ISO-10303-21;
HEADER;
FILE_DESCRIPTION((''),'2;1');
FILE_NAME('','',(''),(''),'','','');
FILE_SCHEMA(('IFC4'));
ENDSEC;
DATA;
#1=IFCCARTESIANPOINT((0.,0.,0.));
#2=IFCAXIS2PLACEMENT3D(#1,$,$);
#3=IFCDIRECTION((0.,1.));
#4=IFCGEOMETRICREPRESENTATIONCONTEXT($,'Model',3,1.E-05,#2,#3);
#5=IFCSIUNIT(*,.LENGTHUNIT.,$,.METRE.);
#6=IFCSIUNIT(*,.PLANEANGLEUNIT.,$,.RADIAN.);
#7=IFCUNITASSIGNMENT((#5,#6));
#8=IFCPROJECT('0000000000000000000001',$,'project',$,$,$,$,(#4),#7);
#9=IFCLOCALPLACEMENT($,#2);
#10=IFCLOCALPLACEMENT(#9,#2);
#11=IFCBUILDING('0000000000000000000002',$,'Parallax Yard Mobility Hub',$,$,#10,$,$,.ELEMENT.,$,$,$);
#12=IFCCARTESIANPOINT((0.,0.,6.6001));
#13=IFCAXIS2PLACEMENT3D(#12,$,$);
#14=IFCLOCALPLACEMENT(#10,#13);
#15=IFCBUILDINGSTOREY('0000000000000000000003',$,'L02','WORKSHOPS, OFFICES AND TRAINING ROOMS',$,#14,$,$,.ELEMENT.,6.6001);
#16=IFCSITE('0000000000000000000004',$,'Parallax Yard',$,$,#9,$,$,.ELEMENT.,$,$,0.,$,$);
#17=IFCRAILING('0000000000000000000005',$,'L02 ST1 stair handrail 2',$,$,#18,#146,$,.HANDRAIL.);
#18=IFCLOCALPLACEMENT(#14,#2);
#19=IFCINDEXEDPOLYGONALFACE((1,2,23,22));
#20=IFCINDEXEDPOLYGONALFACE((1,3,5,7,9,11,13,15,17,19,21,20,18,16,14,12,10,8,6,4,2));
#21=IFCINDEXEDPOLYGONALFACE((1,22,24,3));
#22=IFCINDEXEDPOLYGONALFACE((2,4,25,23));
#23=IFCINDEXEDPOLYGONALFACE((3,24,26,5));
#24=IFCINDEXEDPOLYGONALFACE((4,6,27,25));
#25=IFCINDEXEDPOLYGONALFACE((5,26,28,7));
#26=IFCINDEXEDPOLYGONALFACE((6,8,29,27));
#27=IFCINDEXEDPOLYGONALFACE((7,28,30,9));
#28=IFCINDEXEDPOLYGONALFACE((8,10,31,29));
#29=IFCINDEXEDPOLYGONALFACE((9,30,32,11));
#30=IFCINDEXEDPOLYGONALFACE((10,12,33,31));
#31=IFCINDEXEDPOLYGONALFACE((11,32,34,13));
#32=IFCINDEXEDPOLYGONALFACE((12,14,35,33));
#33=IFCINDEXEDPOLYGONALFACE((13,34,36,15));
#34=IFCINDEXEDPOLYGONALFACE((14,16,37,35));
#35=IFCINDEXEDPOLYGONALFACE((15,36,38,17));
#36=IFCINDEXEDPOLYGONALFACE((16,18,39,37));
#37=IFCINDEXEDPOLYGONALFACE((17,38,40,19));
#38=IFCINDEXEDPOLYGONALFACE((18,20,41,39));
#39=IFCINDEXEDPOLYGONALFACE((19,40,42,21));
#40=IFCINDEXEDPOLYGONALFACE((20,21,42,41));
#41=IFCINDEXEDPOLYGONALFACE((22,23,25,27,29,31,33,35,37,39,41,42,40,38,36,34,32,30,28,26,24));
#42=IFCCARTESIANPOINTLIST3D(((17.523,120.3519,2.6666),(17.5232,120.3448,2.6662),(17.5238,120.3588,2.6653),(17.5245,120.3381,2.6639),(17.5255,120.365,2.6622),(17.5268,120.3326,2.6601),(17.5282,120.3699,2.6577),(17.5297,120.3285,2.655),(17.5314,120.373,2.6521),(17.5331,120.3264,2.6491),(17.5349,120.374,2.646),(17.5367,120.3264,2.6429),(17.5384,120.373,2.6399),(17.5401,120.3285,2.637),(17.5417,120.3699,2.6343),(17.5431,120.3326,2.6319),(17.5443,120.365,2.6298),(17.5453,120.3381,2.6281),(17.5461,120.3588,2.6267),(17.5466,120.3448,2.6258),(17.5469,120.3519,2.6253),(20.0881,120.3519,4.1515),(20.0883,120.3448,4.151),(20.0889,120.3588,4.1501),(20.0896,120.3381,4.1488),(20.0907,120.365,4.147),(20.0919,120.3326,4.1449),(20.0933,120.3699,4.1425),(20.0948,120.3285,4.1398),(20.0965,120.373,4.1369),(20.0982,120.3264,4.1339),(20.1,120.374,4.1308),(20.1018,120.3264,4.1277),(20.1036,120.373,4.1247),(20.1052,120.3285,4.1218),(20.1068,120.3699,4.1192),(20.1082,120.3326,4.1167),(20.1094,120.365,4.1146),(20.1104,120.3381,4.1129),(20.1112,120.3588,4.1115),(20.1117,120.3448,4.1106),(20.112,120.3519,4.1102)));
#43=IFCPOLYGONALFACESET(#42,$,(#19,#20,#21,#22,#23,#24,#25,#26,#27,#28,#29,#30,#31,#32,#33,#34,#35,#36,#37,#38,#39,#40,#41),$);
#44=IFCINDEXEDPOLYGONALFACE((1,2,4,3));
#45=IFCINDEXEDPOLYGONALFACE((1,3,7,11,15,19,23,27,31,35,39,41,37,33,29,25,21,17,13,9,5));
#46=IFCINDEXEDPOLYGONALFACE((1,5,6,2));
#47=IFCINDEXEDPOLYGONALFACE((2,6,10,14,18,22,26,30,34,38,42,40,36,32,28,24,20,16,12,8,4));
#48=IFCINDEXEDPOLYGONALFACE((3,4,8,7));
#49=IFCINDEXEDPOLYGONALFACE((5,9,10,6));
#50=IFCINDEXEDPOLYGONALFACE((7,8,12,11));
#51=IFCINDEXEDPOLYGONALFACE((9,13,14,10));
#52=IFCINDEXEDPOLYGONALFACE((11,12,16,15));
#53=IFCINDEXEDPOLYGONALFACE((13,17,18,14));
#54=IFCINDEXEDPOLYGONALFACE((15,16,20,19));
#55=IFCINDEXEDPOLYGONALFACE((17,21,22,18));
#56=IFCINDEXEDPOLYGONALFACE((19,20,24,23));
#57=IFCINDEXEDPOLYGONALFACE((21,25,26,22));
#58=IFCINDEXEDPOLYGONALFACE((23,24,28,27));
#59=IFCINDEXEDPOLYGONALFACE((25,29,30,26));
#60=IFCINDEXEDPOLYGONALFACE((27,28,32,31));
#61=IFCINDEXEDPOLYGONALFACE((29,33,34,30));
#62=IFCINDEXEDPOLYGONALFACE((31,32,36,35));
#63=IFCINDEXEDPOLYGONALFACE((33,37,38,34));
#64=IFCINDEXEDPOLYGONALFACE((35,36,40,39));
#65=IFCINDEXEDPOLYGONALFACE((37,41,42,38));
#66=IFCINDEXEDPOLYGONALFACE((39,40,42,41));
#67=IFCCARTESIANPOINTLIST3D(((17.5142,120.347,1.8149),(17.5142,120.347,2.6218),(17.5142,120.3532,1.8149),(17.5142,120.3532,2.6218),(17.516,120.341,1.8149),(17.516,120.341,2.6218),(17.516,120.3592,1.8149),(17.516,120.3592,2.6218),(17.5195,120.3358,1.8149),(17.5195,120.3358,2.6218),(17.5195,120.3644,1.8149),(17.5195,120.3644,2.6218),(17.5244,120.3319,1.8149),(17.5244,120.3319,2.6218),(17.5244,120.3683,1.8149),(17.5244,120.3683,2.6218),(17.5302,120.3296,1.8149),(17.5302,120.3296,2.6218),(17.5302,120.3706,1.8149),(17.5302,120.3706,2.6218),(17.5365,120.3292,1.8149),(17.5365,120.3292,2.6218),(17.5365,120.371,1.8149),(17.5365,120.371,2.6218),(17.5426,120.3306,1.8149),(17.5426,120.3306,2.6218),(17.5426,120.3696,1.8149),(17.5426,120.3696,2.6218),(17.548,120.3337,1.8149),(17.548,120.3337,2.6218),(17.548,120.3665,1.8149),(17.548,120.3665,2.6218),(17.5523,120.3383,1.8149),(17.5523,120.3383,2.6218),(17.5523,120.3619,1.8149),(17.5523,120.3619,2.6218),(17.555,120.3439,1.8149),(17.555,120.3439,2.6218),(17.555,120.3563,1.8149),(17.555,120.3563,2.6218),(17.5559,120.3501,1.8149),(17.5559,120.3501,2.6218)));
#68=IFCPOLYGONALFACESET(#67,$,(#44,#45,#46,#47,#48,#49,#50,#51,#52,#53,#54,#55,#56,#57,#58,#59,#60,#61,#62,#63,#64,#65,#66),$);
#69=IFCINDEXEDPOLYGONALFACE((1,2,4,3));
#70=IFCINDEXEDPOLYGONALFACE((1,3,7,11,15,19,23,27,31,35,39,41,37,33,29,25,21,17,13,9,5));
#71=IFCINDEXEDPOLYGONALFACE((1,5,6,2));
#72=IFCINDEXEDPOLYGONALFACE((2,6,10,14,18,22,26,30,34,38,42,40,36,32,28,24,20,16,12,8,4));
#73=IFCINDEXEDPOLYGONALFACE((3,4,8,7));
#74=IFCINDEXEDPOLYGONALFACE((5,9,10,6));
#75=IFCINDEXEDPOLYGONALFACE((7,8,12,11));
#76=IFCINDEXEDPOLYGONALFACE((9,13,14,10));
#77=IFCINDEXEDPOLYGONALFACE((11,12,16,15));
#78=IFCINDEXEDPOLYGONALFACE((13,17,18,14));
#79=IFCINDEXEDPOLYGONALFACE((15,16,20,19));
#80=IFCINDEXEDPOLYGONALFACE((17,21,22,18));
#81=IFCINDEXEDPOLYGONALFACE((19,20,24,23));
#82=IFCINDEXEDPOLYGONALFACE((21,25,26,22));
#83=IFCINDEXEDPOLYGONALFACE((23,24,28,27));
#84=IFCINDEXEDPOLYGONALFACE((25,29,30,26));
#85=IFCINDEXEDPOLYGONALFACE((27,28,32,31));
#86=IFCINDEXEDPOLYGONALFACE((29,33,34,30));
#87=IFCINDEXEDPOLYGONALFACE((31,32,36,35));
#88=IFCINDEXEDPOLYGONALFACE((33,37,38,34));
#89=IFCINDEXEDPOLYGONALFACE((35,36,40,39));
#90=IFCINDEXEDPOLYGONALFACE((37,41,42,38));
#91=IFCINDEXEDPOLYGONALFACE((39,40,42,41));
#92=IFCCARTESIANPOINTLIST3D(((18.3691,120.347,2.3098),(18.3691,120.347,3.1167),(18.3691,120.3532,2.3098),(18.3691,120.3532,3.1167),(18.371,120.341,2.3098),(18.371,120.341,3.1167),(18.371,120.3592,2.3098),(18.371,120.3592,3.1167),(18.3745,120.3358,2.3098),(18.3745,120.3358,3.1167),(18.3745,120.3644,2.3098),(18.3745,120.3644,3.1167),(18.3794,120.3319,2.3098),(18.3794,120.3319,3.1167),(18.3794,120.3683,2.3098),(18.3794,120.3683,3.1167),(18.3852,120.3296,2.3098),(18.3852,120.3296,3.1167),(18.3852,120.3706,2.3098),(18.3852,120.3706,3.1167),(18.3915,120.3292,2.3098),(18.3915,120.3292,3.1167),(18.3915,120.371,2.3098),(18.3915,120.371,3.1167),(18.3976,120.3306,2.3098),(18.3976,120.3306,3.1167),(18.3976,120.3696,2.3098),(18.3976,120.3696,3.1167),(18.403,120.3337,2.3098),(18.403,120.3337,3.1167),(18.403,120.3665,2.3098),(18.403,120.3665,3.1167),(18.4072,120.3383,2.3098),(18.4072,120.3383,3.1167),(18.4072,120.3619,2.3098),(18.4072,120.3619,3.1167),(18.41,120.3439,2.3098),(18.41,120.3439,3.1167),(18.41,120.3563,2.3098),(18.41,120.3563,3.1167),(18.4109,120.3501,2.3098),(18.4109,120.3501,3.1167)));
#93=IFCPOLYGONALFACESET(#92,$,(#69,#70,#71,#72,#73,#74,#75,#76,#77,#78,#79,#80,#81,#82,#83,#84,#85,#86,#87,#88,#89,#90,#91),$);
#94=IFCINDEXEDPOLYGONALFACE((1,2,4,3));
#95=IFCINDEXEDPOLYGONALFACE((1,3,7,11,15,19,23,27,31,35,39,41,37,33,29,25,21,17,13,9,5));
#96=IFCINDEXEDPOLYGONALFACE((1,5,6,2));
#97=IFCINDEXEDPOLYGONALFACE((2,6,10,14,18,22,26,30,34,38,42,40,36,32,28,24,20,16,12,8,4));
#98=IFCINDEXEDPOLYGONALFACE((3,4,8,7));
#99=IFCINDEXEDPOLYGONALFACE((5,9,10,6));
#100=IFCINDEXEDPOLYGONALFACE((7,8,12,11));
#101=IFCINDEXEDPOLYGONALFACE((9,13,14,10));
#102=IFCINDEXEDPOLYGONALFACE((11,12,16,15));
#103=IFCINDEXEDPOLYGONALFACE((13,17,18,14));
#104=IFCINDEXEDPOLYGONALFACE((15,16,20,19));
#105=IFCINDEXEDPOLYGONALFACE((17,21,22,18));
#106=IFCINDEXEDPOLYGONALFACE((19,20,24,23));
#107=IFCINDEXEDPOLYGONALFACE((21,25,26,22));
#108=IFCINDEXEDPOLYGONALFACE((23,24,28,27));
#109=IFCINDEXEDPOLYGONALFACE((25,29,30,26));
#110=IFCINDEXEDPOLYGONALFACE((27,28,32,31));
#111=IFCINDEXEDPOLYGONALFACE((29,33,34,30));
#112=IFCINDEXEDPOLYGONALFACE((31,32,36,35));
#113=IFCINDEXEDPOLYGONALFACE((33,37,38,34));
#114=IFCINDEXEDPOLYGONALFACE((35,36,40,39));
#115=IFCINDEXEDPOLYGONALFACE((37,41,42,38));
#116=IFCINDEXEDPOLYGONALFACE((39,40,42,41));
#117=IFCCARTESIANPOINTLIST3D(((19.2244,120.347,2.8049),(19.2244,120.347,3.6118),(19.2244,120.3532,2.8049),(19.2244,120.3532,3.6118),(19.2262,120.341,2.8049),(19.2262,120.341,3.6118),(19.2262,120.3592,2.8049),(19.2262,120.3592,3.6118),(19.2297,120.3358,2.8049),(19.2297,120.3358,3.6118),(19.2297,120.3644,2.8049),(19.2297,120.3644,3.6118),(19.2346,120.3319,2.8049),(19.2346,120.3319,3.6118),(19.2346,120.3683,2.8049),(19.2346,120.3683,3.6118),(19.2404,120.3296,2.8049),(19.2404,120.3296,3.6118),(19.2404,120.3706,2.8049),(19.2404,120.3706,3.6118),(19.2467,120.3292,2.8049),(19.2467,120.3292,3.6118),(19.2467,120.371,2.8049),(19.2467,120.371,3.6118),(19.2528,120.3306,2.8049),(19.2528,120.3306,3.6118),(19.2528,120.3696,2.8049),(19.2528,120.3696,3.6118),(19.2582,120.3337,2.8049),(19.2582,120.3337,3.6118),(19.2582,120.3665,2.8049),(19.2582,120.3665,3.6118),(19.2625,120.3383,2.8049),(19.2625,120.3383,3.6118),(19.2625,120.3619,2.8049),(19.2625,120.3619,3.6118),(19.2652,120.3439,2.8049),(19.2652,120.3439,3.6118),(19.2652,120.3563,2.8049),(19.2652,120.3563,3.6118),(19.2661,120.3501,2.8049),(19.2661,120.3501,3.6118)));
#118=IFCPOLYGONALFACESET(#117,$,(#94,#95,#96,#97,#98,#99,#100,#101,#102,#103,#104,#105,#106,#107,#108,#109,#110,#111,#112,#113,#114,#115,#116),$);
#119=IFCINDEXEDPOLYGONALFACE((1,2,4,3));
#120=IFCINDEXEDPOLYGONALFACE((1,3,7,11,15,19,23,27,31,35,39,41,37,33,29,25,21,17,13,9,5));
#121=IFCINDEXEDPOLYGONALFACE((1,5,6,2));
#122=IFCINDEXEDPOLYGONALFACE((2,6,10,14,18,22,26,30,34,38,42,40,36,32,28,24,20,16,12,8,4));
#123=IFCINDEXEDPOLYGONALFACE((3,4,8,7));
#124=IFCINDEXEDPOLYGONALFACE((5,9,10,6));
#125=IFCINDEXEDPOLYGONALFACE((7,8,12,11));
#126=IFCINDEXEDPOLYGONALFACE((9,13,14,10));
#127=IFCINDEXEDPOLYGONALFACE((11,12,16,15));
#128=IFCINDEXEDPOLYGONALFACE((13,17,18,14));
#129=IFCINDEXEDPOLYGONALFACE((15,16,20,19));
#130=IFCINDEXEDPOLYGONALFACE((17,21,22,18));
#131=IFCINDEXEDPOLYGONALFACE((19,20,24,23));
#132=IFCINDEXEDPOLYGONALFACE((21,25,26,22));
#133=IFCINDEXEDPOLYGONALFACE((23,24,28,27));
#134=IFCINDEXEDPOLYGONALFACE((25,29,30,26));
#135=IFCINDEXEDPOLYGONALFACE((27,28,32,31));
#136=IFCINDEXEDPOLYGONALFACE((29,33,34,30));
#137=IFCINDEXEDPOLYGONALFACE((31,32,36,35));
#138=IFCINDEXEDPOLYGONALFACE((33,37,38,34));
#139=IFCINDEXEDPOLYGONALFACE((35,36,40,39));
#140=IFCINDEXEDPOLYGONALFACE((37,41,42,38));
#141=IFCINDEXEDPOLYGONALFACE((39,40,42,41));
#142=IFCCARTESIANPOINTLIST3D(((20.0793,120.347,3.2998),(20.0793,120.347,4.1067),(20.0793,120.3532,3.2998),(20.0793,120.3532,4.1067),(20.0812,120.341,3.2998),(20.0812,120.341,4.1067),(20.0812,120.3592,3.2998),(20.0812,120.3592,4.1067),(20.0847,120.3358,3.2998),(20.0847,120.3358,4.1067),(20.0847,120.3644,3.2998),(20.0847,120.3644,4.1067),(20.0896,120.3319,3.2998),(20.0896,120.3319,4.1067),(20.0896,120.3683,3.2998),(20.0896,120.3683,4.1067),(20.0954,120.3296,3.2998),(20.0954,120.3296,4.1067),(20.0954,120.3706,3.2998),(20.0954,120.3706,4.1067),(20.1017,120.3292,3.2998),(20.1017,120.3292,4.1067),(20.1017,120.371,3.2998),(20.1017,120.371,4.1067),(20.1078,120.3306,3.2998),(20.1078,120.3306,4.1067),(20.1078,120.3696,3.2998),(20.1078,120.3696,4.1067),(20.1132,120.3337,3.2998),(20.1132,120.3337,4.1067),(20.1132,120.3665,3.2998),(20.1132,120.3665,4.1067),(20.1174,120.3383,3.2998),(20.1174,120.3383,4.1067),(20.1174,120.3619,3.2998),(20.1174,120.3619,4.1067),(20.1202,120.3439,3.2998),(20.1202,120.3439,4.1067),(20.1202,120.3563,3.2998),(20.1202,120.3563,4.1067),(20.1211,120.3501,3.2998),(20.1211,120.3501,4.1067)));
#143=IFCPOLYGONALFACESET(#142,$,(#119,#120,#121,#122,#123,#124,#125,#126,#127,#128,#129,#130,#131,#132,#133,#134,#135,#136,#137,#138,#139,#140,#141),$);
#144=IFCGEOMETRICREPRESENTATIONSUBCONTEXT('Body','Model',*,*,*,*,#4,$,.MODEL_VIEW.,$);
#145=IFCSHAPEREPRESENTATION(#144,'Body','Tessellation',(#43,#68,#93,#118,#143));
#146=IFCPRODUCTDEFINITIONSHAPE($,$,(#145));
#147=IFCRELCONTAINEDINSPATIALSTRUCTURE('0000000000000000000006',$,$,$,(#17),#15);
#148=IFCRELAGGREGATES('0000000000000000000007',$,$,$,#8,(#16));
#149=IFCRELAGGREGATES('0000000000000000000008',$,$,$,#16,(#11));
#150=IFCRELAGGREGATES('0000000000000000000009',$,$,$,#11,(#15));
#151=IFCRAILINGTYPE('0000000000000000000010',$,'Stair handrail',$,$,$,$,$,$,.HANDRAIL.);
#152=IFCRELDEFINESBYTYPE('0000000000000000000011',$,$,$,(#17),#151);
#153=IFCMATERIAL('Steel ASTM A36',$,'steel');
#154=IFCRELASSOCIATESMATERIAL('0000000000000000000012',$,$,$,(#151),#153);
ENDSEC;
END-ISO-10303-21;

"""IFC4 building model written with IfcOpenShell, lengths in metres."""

from ifc_helpers import new_model, si_unit, direction, frame, origin, origin_2d, place, context, subcontext, project, spatial, circle, extrude, material, type_object, element, save


model = new_model("IFC4")

# Units and contexts
model_context = context("Model", 3, precision=1e-05, world=origin(), true_north=direction((0.0, 1.0)))
body_context = subcontext(model_context, "Body", "Model", "MODEL_VIEW")
ifc_project = project(units=[si_unit("LENGTHUNIT", "METRE"), si_unit("PLANEANGLEUNIT", "RADIAN")], contexts=[model_context])

# Site, building, storey
site_placement = place(None, origin())
site = spatial("IfcSite", under=ifc_project, at=site_placement, Name="Parallax Yard", CompositionType="ELEMENT", RefElevation=0.0)
building_placement = place(site_placement, origin())
building = spatial("IfcBuilding", under=site, at=building_placement, Name="Parallax Yard Mobility Hub", CompositionType="ELEMENT")
storey_placement = place(building_placement, frame((0.0, 0.0, 6.6001)))
storey = spatial("IfcBuildingStorey", under=building, at=storey_placement, Name="L02", Description="WORKSHOPS, OFFICES AND TRAINING ROOMS", CompositionType="ELEMENT", Elevation=6.6001)

# Railing
ifc_material_1 = material(Name="Steel ASTM A36", Category="steel")
railing_type_1 = type_object("IfcRailingType", Name="Stair handrail", PredefinedType="HANDRAIL", material=ifc_material_1)
railing_1_placement = place(storey_placement, frame((17.5349, 120.3501, 1.8149)))
element("IfcRailing", 1, at=railing_1_placement, inside=storey, type_object=railing_type_1, Name="L02 ST1 stair handrail 2", PredefinedType="HANDRAIL", context=body_context, shape_type="SweptSolid", body=[
    extrude(circle(Radius=0.0239, at=origin_2d()), frame((0.0, 0.0, 0.8311), z_axis=(0.865462, 0.0, 0.500975), x_axis=(0.0, 1.0, 0.0)), (0.0, 0.0, 1.0), 2.9639),
    extrude(circle(Radius=0.021, at=origin_2d()), origin(), (0.0, 0.0, 1.0), 0.8069),
    extrude(circle(Radius=0.021, at=origin_2d()), frame((0.855, 0.0, 0.4949)), (0.0, 0.0, 1.0), 0.8069),
    extrude(circle(Radius=0.021, at=origin_2d()), frame((1.7102, 0.0, 0.99)), (0.0, 0.0, 1.0), 0.8069),
    extrude(circle(Radius=0.021, at=origin_2d()), frame((2.5652, 0.0, 1.4849)), (0.0, 0.0, 1.0), 0.8069),
])

save(model, "model.ifc")
